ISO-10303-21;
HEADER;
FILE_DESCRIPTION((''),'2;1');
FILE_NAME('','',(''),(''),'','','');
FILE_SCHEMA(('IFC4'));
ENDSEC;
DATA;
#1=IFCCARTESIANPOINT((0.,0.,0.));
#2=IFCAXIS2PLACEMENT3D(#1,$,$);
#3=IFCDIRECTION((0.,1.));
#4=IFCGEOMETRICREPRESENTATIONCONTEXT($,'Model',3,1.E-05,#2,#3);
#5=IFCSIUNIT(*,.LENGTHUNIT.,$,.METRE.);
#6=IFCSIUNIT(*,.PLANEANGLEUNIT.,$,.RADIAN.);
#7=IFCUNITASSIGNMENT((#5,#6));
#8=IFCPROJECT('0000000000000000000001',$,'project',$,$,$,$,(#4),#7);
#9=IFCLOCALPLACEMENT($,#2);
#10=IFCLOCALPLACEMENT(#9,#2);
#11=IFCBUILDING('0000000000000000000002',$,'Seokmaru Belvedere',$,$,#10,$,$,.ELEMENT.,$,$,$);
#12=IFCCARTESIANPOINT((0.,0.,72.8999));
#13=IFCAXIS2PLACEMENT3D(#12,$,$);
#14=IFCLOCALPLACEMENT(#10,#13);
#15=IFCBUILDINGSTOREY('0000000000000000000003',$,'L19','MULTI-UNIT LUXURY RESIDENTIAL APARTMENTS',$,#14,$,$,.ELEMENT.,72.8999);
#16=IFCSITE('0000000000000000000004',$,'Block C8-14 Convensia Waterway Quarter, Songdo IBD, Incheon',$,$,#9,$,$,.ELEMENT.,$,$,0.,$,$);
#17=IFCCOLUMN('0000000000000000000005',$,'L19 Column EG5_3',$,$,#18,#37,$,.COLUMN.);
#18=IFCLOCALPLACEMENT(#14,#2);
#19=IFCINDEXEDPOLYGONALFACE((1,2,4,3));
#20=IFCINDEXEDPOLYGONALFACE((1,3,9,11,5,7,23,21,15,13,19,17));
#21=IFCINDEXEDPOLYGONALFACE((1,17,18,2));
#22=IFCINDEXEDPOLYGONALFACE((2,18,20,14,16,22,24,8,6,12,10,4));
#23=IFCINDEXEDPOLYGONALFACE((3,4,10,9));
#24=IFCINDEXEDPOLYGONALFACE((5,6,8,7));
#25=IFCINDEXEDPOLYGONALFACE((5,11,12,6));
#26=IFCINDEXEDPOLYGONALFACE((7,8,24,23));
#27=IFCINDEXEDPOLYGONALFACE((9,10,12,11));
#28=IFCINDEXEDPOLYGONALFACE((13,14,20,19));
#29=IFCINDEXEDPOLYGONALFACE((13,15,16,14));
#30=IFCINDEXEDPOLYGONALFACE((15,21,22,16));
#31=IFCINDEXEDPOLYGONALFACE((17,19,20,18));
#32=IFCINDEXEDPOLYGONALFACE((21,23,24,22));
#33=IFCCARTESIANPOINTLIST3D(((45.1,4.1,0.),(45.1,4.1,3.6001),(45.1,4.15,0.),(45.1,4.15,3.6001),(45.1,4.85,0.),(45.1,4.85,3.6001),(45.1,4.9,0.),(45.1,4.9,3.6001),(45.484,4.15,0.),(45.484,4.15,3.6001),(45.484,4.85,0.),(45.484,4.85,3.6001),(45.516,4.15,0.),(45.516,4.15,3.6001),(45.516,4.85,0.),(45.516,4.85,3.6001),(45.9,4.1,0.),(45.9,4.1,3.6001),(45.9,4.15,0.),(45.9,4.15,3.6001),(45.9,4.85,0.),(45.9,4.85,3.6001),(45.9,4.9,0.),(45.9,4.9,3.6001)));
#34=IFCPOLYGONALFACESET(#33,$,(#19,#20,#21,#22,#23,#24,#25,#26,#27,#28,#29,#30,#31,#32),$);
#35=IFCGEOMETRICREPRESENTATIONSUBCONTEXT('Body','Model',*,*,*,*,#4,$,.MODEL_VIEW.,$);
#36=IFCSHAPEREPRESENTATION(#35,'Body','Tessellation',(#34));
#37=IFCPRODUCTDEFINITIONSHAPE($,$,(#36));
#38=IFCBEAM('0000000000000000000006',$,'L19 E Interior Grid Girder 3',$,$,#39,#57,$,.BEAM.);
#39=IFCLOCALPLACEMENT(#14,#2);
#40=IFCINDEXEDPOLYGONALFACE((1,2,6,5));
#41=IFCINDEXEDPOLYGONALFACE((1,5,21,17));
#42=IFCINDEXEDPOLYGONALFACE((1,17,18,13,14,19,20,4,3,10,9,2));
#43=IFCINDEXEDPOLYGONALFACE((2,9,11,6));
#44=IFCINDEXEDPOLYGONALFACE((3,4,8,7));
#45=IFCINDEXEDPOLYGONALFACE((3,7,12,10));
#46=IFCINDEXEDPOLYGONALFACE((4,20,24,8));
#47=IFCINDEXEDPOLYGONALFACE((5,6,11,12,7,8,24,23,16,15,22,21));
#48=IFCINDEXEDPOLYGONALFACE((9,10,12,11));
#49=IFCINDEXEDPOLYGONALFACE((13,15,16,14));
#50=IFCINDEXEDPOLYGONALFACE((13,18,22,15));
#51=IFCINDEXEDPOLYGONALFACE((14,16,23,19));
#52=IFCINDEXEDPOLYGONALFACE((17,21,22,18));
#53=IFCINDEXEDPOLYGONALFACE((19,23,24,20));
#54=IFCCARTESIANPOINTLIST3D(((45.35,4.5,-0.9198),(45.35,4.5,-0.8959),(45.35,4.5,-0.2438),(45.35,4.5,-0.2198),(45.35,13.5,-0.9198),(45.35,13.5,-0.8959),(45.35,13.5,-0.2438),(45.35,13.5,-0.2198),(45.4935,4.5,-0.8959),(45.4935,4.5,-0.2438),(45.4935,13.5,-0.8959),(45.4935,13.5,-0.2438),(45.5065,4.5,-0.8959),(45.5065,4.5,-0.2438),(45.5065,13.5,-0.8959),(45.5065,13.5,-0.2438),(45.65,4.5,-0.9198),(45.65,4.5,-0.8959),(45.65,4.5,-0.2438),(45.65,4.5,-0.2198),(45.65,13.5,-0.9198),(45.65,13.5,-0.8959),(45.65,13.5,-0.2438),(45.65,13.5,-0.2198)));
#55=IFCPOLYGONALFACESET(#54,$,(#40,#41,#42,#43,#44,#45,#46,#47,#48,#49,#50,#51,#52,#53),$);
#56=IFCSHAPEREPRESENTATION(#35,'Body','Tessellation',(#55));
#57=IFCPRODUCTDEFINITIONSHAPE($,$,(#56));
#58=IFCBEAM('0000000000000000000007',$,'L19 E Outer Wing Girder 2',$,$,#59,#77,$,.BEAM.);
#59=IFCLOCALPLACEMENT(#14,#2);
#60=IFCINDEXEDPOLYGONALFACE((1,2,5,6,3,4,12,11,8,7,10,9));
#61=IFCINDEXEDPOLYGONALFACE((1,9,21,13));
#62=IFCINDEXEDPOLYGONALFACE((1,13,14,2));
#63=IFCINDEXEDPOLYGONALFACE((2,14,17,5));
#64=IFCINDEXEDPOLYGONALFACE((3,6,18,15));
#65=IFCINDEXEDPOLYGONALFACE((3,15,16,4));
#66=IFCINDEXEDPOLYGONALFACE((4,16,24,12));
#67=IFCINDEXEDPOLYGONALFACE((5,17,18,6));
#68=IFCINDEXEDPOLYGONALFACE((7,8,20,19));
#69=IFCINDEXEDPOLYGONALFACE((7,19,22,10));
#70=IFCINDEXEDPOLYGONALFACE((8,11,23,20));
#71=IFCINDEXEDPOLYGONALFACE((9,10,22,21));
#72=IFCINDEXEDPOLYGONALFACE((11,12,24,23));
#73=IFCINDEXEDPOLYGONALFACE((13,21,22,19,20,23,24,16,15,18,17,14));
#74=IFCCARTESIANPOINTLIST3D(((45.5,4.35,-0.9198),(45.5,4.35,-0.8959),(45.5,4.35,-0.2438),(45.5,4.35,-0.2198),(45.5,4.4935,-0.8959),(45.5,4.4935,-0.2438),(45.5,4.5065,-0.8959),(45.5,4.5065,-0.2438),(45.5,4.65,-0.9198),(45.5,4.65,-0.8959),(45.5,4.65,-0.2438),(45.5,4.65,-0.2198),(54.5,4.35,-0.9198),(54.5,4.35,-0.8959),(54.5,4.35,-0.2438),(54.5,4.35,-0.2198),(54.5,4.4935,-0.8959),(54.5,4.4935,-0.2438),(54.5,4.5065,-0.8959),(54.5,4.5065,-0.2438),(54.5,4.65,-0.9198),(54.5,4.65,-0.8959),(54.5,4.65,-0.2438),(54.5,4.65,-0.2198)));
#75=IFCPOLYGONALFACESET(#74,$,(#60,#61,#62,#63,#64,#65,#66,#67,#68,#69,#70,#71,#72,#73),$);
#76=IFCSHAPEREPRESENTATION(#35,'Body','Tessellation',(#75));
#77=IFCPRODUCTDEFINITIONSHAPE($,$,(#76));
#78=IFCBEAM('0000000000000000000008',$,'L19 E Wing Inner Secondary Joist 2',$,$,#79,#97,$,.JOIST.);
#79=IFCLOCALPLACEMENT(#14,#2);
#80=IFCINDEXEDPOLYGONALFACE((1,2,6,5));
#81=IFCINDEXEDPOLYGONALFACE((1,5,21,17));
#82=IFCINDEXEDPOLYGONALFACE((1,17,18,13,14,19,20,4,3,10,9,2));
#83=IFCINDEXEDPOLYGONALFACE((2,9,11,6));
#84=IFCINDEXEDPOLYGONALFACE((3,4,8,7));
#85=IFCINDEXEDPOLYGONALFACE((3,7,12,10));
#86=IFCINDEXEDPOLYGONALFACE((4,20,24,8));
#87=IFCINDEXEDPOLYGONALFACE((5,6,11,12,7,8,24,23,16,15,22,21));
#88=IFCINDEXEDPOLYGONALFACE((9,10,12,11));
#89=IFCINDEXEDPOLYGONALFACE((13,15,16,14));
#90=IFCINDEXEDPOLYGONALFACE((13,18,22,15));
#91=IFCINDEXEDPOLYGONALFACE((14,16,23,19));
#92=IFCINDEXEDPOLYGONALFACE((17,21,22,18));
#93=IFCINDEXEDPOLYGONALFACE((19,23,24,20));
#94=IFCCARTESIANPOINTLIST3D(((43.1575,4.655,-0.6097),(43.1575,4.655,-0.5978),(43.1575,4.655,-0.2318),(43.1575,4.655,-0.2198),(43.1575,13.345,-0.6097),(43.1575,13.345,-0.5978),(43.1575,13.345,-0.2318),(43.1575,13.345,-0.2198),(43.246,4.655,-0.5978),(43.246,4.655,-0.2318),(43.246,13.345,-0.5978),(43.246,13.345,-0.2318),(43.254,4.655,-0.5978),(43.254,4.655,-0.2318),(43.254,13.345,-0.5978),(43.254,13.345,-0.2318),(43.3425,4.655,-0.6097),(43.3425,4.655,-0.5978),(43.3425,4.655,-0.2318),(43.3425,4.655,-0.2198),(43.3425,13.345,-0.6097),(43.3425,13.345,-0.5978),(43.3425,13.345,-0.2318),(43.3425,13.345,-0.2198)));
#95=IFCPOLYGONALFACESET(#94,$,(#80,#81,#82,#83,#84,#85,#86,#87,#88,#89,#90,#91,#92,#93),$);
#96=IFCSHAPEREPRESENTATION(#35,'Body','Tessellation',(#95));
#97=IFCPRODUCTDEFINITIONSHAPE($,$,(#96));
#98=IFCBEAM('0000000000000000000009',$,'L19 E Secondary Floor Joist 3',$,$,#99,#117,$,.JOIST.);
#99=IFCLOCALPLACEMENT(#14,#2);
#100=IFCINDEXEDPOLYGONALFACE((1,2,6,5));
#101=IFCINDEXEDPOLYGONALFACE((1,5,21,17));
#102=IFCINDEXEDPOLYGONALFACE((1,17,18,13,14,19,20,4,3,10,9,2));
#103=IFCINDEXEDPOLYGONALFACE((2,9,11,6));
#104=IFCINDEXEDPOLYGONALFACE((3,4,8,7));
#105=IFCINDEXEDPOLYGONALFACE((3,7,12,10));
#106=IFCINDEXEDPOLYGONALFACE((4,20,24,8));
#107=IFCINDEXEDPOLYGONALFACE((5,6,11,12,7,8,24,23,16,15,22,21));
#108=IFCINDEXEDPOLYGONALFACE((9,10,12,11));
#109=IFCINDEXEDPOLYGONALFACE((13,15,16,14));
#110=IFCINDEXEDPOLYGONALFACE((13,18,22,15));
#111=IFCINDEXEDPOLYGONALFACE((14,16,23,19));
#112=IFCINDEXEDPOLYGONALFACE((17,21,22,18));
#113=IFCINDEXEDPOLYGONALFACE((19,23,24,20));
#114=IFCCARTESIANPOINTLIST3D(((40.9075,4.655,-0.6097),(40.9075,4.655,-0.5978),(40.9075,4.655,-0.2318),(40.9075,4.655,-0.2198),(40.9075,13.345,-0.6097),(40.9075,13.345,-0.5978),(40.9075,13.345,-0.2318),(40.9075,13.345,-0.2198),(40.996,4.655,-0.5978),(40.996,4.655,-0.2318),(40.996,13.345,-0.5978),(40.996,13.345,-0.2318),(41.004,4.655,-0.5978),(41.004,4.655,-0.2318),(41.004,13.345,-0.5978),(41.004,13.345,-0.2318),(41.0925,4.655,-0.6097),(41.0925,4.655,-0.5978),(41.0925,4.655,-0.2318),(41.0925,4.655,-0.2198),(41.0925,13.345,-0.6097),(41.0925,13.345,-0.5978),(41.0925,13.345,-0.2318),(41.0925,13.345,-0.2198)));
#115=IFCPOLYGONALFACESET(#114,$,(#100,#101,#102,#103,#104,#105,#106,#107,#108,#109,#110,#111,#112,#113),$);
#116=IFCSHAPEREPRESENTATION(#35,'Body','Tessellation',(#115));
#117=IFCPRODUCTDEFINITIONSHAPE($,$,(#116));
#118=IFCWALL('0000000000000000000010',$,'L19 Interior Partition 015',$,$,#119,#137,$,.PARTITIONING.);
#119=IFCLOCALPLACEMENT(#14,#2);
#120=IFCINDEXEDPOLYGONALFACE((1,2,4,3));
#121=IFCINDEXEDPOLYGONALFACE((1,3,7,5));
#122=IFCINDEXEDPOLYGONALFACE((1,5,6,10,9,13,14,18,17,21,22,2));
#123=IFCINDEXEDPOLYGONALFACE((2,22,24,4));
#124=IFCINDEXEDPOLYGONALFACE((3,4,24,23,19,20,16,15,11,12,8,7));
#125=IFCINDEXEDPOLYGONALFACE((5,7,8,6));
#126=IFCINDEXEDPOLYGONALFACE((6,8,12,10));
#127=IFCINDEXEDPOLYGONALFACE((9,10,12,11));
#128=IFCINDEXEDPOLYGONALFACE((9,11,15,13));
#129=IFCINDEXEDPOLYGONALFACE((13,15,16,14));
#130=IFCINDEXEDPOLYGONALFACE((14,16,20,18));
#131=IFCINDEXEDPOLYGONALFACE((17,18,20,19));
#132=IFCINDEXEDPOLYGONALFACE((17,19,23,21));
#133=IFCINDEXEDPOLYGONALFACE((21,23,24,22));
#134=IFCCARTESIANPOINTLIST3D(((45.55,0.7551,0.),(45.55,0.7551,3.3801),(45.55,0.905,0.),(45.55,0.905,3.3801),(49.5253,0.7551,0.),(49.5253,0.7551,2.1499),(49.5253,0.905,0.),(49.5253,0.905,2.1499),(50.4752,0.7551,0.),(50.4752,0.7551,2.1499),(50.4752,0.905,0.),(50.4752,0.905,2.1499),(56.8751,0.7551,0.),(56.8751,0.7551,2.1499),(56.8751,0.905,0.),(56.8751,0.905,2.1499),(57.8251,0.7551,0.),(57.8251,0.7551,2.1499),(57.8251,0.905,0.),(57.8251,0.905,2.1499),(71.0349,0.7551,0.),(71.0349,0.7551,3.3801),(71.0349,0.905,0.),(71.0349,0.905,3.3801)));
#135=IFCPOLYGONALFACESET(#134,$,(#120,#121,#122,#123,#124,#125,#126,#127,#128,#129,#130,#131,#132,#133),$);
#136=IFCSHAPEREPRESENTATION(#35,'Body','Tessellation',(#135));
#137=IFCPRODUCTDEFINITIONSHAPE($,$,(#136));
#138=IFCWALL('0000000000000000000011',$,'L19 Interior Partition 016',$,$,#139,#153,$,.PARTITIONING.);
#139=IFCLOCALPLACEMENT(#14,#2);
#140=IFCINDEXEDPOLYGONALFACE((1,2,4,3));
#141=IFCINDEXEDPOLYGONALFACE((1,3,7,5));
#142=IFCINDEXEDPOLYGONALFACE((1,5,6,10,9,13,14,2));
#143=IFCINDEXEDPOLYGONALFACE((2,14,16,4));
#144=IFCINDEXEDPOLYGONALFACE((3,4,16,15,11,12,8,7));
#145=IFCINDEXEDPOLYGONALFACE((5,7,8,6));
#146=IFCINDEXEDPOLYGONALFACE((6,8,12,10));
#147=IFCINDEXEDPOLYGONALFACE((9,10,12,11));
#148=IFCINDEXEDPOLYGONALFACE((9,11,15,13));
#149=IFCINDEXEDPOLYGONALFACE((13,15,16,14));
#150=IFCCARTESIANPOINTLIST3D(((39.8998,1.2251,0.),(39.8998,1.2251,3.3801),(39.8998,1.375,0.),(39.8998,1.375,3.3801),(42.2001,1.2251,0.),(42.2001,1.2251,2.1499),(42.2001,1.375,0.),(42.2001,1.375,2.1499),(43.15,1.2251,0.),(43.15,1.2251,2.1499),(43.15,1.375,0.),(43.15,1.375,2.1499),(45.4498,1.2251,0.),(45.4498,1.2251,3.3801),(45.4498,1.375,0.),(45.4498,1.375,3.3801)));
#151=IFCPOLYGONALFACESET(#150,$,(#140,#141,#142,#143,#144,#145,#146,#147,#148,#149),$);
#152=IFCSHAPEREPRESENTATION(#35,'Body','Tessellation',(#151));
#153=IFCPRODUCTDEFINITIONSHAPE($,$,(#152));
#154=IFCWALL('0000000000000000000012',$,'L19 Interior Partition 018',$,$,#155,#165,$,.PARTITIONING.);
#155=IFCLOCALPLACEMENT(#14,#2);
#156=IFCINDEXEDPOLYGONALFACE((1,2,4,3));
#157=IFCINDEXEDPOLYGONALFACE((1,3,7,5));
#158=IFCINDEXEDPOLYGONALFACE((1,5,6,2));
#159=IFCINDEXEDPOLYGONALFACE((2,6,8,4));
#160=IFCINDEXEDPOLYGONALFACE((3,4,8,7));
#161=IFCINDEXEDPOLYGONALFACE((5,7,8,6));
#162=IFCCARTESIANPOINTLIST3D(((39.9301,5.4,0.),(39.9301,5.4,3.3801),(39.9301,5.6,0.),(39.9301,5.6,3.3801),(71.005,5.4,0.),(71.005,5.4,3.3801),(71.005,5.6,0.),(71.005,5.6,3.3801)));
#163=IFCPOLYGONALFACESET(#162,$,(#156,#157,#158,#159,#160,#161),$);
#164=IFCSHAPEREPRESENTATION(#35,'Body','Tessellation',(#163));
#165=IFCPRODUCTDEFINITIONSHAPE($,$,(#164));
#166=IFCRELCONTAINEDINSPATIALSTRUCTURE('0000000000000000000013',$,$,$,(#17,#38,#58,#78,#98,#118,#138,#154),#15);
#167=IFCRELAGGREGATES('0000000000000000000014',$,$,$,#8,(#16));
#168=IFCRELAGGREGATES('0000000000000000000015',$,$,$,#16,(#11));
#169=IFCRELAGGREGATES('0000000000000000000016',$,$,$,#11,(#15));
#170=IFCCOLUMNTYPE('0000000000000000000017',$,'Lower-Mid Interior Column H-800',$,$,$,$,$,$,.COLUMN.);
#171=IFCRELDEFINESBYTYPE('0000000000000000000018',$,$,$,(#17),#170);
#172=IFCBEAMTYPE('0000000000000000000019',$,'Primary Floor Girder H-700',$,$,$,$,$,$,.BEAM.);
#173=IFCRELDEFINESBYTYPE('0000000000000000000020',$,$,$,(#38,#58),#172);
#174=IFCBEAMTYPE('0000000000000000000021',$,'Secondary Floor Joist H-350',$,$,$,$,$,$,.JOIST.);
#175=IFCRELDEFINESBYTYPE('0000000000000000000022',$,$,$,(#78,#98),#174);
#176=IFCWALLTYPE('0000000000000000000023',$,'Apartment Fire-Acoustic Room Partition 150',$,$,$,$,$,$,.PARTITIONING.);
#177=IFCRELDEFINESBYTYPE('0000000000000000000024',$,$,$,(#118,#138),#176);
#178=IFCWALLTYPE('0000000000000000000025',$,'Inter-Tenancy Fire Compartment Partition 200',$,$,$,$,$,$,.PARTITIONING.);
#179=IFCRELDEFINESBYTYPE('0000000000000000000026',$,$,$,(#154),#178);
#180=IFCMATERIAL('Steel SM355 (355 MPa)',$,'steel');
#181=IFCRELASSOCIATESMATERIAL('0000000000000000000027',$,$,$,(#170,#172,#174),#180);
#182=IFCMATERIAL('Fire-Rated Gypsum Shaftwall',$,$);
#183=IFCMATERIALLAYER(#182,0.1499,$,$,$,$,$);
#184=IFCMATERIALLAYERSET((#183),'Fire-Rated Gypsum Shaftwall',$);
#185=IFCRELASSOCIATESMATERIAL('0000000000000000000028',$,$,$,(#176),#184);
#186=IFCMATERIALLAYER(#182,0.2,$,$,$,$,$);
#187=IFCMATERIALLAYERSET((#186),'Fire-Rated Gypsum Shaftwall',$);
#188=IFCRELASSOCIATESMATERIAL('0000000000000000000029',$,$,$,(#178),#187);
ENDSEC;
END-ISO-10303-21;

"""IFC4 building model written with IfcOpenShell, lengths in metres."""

from ifc_helpers import new_model, si_unit, direction, frame, frame_2d, origin, origin_2d, place, context, subcontext, project, spatial, rectangle, i_section, extrude, source, transform, mapped, material, layer, layer_set, material_profile, profile_set, type_object, type_shapes, element, save


model = new_model("IFC4")

# Units and contexts
model_context = context("Model", 3, precision=1e-05, world=origin(), true_north=direction((0.0, 1.0)))
body_context = subcontext(model_context, "Body", "Model", "MODEL_VIEW")
ifc_project = project(units=[si_unit("LENGTHUNIT", "METRE"), si_unit("PLANEANGLEUNIT", "RADIAN")], contexts=[model_context])

# Site, building, storey
site_placement = place(None, origin())
site = spatial("IfcSite", under=ifc_project, at=site_placement, Name="Block C8-14 Convensia Waterway Quarter, Songdo IBD, Incheon", CompositionType="ELEMENT", RefElevation=0.0)
building_placement = place(site_placement, origin())
building = spatial("IfcBuilding", under=site, at=building_placement, Name="Seokmaru Belvedere", CompositionType="ELEMENT")
storey_placement = place(building_placement, frame((0.0, 0.0, 72.8999)))
storey = spatial("IfcBuildingStorey", under=building, at=storey_placement, Name="L19", Description="MULTI-UNIT LUXURY RESIDENTIAL APARTMENTS", CompositionType="ELEMENT", Elevation=72.8999)

# Column
ifc_material_1 = material(Name="Steel SM355 (355 MPa)", Category="steel")
ifc_material_profile_1 = material_profile(ifc_material_1, i_section(OverallWidth=0.8, OverallDepth=0.8, WebThickness=0.032, FlangeThickness=0.05, at=origin_2d()), Name="H-800x800x32x50")
ifc_profile_set_1 = profile_set([ifc_material_profile_1], Name="Steel SM355 (355 MPa)")
column_type = type_object("IfcColumnType", Name="Lower-Mid Interior Column H-800", PredefinedType="COLUMN", material=ifc_profile_set_1)
shared_shape_1 = source(origin(), body_context, "Body", "SweptSolid", [
    extrude(i_section(OverallWidth=0.8, OverallDepth=0.8, WebThickness=0.032, FlangeThickness=0.05, at=origin_2d()), origin(), (0.0, 0.0, 1.0), 3.6001),
])
type_shapes(column_type, [shared_shape_1])
column_placement = place(storey_placement, frame((45.5, 4.5, 0.0), z_axis=(0.0, 0.0, 1.0), x_axis=(1.0, 0.0, 0.0)))
element("IfcColumn", 1, at=column_placement, inside=storey, type_object=column_type, Name="L19 Column EG5_3", PredefinedType="COLUMN", context=body_context, shape_type="MappedRepresentation", body=[
    mapped(shared_shape_1, transform((0.0, 0.0, 0.0), scale=1.0)),
])

# Beams
ifc_material_profile_2 = material_profile(ifc_material_1, i_section(OverallWidth=0.3, OverallDepth=0.7, WebThickness=0.0129, FlangeThickness=0.0239, at=origin_2d()), Name="H-700x300x13x24")
ifc_profile_set_2 = profile_set([ifc_material_profile_2], Name="Steel SM355 (355 MPa)")
beam_type_1 = type_object("IfcBeamType", Name="Primary Floor Girder H-700", PredefinedType="BEAM", material=ifc_profile_set_2)
shared_shape_2 = source(origin(), body_context, "Body", "SweptSolid", [
    extrude(i_section(OverallWidth=0.3, OverallDepth=0.7, WebThickness=0.0129, FlangeThickness=0.0239, at=origin_2d()), origin(), (0.0, 0.0, 1.0), 9.0),
])
type_shapes(beam_type_1, [shared_shape_2])
for number, where, z_axis, x_axis, name in (
    (2, (45.5, 4.5, -0.5698), (0.0, 1.0, 0.0), (-1.0, 0.0, 0.0), "L19 E Interior Grid Girder 3"),
    (3, (45.5, 4.5, -0.5698), (1.0, 0.0, 0.0), (0.0, 1.0, 0.0), "L19 E Outer Wing Girder 2"),
):
    element("IfcBeam", number, at=place(storey_placement, frame(where, z_axis=z_axis, x_axis=x_axis)), inside=storey, type_object=beam_type_1, Name=name, PredefinedType="BEAM", context=body_context, shape_type="MappedRepresentation", body=[
        mapped(shared_shape_2, transform((0.0, 0.0, 0.0), scale=1.0)),
    ])
ifc_material_profile_3 = material_profile(ifc_material_1, i_section(OverallWidth=0.1851, OverallDepth=0.3899, WebThickness=0.0081, FlangeThickness=0.012, at=origin_2d()), Name="H-390x185x8x12")
ifc_profile_set_3 = profile_set([ifc_material_profile_3], Name="Steel SM355 (355 MPa)")
beam_type_2 = type_object("IfcBeamType", Name="Secondary Floor Joist H-350", PredefinedType="JOIST", material=ifc_profile_set_3)
shared_shape_3 = source(origin(), body_context, "Body", "SweptSolid", [
    extrude(i_section(OverallWidth=0.1851, OverallDepth=0.3899, WebThickness=0.0081, FlangeThickness=0.012, at=origin_2d()), origin(), (0.0, 0.0, 1.0), 8.6899),
])
type_shapes(beam_type_2, [shared_shape_3])
for number, where, z_axis, x_axis, name in (
    (4, (43.25, 4.655, -0.4148), (0.0, 1.0, 0.0), (-1.0, 0.0, 0.0), "L19 E Wing Inner Secondary Joist 2"),
    (5, (41.0, 4.655, -0.4148), (0.0, 1.0, 0.0), (-1.0, 0.0, 0.0), "L19 E Secondary Floor Joist 3"),
):
    element("IfcBeam", number, at=place(storey_placement, frame(where, z_axis=z_axis, x_axis=x_axis)), inside=storey, type_object=beam_type_2, Name=name, PredefinedType="JOIST", context=body_context, shape_type="MappedRepresentation", body=[
        mapped(shared_shape_3, transform((0.0, 0.0, 0.0), scale=1.0)),
    ])

# Wall, openings
ifc_material_2 = material(Name="Fire-Rated Gypsum Shaftwall")
ifc_layer_1 = layer(ifc_material_2, 0.1499)
ifc_layer_set_1 = layer_set([ifc_layer_1], Name="Fire-Rated Gypsum Shaftwall")
wall_type_1 = type_object("IfcWallType", Name="Apartment Fire-Acoustic Room Partition 150", PredefinedType="PARTITIONING", material=ifc_layer_set_1)
wall_1_placement = place(storey_placement, frame((45.55, 0.8301, 0.0), z_axis=(0.0, 0.0, 1.0), x_axis=(1.0, 0.0, 0.0)))
wall_1 = element("IfcWall", 6, at=wall_1_placement, inside=storey, type_object=wall_type_1, Name="L19 Interior Partition 015", PredefinedType="PARTITIONING", context=body_context, shape_type="SweptSolid", body=[
    extrude(rectangle(XDim=25.4849, YDim=0.1499, at=frame_2d((12.7424, 0.0))), origin(), (0.0, 0.0, 1.0), 3.3801),
])
opening_1_placement = place(wall_1_placement, frame((3.9751, 0.0, 0.0)))
element("IfcOpeningElement", 7, at=opening_1_placement, cuts=wall_1, PredefinedType="OPENING", context=body_context, shape_type="SweptSolid", body=[
    extrude(rectangle(XDim=0.95, YDim=2.1499, at=frame_2d((0.4751, 1.075))), frame((0.0, 0.085, 0.0), z_axis=(0.0, -1.0, 0.0), x_axis=(1.0, 0.0, 0.0)), (0.0, 0.0, 1.0), 0.1699),
])
opening_2_placement = place(wall_1_placement, frame((11.325, 0.0, 0.0)))
element("IfcOpeningElement", 8, at=opening_2_placement, cuts=wall_1, PredefinedType="OPENING", context=body_context, shape_type="SweptSolid", body=[
    extrude(rectangle(XDim=0.95, YDim=2.1499, at=frame_2d((0.4751, 1.075))), frame((0.0, 0.085, 0.0), z_axis=(0.0, -1.0, 0.0), x_axis=(1.0, 0.0, 0.0)), (0.0, 0.0, 1.0), 0.1699),
])

# Wall, opening
wall_2_placement = place(storey_placement, frame((39.8999, 1.3, 0.0), z_axis=(0.0, 0.0, 1.0), x_axis=(1.0, 0.0, 0.0)))
wall_2 = element("IfcWall", 9, at=wall_2_placement, inside=storey, type_object=wall_type_1, Name="L19 Interior Partition 016", PredefinedType="PARTITIONING", context=body_context, shape_type="SweptSolid", body=[
    extrude(rectangle(XDim=5.55, YDim=0.1499, at=frame_2d((2.7749, 0.0))), origin(), (0.0, 0.0, 1.0), 3.3801),
])
opening_3_placement = place(wall_2_placement, frame((2.3, 0.0, 0.0)))
element("IfcOpeningElement", 10, at=opening_3_placement, cuts=wall_2, PredefinedType="OPENING", context=body_context, shape_type="SweptSolid", body=[
    extrude(rectangle(XDim=0.95, YDim=2.1499, at=frame_2d((0.4751, 1.075))), frame((0.0, 0.085, 0.0), z_axis=(0.0, -1.0, 0.0), x_axis=(1.0, 0.0, 0.0)), (0.0, 0.0, 1.0), 0.1699),
])

# Wall
ifc_layer_2 = layer(ifc_material_2, 0.2)
ifc_layer_set_2 = layer_set([ifc_layer_2], Name="Fire-Rated Gypsum Shaftwall")
wall_type_2 = type_object("IfcWallType", Name="Inter-Tenancy Fire Compartment Partition 200", PredefinedType="PARTITIONING", material=ifc_layer_set_2)
wall_3_placement = place(storey_placement, frame((39.9299, 5.5, 0.0), z_axis=(0.0, 0.0, 1.0), x_axis=(1.0, 0.0, 0.0)))
element("IfcWall", 11, at=wall_3_placement, inside=storey, type_object=wall_type_2, Name="L19 Interior Partition 018", PredefinedType="PARTITIONING", context=body_context, shape_type="SweptSolid", body=[
    extrude(rectangle(XDim=31.075, YDim=0.2, at=frame_2d((15.5376, 0.0))), origin(), (0.0, 0.0, 1.0), 3.3801),
])

save(model, "model.ifc")
